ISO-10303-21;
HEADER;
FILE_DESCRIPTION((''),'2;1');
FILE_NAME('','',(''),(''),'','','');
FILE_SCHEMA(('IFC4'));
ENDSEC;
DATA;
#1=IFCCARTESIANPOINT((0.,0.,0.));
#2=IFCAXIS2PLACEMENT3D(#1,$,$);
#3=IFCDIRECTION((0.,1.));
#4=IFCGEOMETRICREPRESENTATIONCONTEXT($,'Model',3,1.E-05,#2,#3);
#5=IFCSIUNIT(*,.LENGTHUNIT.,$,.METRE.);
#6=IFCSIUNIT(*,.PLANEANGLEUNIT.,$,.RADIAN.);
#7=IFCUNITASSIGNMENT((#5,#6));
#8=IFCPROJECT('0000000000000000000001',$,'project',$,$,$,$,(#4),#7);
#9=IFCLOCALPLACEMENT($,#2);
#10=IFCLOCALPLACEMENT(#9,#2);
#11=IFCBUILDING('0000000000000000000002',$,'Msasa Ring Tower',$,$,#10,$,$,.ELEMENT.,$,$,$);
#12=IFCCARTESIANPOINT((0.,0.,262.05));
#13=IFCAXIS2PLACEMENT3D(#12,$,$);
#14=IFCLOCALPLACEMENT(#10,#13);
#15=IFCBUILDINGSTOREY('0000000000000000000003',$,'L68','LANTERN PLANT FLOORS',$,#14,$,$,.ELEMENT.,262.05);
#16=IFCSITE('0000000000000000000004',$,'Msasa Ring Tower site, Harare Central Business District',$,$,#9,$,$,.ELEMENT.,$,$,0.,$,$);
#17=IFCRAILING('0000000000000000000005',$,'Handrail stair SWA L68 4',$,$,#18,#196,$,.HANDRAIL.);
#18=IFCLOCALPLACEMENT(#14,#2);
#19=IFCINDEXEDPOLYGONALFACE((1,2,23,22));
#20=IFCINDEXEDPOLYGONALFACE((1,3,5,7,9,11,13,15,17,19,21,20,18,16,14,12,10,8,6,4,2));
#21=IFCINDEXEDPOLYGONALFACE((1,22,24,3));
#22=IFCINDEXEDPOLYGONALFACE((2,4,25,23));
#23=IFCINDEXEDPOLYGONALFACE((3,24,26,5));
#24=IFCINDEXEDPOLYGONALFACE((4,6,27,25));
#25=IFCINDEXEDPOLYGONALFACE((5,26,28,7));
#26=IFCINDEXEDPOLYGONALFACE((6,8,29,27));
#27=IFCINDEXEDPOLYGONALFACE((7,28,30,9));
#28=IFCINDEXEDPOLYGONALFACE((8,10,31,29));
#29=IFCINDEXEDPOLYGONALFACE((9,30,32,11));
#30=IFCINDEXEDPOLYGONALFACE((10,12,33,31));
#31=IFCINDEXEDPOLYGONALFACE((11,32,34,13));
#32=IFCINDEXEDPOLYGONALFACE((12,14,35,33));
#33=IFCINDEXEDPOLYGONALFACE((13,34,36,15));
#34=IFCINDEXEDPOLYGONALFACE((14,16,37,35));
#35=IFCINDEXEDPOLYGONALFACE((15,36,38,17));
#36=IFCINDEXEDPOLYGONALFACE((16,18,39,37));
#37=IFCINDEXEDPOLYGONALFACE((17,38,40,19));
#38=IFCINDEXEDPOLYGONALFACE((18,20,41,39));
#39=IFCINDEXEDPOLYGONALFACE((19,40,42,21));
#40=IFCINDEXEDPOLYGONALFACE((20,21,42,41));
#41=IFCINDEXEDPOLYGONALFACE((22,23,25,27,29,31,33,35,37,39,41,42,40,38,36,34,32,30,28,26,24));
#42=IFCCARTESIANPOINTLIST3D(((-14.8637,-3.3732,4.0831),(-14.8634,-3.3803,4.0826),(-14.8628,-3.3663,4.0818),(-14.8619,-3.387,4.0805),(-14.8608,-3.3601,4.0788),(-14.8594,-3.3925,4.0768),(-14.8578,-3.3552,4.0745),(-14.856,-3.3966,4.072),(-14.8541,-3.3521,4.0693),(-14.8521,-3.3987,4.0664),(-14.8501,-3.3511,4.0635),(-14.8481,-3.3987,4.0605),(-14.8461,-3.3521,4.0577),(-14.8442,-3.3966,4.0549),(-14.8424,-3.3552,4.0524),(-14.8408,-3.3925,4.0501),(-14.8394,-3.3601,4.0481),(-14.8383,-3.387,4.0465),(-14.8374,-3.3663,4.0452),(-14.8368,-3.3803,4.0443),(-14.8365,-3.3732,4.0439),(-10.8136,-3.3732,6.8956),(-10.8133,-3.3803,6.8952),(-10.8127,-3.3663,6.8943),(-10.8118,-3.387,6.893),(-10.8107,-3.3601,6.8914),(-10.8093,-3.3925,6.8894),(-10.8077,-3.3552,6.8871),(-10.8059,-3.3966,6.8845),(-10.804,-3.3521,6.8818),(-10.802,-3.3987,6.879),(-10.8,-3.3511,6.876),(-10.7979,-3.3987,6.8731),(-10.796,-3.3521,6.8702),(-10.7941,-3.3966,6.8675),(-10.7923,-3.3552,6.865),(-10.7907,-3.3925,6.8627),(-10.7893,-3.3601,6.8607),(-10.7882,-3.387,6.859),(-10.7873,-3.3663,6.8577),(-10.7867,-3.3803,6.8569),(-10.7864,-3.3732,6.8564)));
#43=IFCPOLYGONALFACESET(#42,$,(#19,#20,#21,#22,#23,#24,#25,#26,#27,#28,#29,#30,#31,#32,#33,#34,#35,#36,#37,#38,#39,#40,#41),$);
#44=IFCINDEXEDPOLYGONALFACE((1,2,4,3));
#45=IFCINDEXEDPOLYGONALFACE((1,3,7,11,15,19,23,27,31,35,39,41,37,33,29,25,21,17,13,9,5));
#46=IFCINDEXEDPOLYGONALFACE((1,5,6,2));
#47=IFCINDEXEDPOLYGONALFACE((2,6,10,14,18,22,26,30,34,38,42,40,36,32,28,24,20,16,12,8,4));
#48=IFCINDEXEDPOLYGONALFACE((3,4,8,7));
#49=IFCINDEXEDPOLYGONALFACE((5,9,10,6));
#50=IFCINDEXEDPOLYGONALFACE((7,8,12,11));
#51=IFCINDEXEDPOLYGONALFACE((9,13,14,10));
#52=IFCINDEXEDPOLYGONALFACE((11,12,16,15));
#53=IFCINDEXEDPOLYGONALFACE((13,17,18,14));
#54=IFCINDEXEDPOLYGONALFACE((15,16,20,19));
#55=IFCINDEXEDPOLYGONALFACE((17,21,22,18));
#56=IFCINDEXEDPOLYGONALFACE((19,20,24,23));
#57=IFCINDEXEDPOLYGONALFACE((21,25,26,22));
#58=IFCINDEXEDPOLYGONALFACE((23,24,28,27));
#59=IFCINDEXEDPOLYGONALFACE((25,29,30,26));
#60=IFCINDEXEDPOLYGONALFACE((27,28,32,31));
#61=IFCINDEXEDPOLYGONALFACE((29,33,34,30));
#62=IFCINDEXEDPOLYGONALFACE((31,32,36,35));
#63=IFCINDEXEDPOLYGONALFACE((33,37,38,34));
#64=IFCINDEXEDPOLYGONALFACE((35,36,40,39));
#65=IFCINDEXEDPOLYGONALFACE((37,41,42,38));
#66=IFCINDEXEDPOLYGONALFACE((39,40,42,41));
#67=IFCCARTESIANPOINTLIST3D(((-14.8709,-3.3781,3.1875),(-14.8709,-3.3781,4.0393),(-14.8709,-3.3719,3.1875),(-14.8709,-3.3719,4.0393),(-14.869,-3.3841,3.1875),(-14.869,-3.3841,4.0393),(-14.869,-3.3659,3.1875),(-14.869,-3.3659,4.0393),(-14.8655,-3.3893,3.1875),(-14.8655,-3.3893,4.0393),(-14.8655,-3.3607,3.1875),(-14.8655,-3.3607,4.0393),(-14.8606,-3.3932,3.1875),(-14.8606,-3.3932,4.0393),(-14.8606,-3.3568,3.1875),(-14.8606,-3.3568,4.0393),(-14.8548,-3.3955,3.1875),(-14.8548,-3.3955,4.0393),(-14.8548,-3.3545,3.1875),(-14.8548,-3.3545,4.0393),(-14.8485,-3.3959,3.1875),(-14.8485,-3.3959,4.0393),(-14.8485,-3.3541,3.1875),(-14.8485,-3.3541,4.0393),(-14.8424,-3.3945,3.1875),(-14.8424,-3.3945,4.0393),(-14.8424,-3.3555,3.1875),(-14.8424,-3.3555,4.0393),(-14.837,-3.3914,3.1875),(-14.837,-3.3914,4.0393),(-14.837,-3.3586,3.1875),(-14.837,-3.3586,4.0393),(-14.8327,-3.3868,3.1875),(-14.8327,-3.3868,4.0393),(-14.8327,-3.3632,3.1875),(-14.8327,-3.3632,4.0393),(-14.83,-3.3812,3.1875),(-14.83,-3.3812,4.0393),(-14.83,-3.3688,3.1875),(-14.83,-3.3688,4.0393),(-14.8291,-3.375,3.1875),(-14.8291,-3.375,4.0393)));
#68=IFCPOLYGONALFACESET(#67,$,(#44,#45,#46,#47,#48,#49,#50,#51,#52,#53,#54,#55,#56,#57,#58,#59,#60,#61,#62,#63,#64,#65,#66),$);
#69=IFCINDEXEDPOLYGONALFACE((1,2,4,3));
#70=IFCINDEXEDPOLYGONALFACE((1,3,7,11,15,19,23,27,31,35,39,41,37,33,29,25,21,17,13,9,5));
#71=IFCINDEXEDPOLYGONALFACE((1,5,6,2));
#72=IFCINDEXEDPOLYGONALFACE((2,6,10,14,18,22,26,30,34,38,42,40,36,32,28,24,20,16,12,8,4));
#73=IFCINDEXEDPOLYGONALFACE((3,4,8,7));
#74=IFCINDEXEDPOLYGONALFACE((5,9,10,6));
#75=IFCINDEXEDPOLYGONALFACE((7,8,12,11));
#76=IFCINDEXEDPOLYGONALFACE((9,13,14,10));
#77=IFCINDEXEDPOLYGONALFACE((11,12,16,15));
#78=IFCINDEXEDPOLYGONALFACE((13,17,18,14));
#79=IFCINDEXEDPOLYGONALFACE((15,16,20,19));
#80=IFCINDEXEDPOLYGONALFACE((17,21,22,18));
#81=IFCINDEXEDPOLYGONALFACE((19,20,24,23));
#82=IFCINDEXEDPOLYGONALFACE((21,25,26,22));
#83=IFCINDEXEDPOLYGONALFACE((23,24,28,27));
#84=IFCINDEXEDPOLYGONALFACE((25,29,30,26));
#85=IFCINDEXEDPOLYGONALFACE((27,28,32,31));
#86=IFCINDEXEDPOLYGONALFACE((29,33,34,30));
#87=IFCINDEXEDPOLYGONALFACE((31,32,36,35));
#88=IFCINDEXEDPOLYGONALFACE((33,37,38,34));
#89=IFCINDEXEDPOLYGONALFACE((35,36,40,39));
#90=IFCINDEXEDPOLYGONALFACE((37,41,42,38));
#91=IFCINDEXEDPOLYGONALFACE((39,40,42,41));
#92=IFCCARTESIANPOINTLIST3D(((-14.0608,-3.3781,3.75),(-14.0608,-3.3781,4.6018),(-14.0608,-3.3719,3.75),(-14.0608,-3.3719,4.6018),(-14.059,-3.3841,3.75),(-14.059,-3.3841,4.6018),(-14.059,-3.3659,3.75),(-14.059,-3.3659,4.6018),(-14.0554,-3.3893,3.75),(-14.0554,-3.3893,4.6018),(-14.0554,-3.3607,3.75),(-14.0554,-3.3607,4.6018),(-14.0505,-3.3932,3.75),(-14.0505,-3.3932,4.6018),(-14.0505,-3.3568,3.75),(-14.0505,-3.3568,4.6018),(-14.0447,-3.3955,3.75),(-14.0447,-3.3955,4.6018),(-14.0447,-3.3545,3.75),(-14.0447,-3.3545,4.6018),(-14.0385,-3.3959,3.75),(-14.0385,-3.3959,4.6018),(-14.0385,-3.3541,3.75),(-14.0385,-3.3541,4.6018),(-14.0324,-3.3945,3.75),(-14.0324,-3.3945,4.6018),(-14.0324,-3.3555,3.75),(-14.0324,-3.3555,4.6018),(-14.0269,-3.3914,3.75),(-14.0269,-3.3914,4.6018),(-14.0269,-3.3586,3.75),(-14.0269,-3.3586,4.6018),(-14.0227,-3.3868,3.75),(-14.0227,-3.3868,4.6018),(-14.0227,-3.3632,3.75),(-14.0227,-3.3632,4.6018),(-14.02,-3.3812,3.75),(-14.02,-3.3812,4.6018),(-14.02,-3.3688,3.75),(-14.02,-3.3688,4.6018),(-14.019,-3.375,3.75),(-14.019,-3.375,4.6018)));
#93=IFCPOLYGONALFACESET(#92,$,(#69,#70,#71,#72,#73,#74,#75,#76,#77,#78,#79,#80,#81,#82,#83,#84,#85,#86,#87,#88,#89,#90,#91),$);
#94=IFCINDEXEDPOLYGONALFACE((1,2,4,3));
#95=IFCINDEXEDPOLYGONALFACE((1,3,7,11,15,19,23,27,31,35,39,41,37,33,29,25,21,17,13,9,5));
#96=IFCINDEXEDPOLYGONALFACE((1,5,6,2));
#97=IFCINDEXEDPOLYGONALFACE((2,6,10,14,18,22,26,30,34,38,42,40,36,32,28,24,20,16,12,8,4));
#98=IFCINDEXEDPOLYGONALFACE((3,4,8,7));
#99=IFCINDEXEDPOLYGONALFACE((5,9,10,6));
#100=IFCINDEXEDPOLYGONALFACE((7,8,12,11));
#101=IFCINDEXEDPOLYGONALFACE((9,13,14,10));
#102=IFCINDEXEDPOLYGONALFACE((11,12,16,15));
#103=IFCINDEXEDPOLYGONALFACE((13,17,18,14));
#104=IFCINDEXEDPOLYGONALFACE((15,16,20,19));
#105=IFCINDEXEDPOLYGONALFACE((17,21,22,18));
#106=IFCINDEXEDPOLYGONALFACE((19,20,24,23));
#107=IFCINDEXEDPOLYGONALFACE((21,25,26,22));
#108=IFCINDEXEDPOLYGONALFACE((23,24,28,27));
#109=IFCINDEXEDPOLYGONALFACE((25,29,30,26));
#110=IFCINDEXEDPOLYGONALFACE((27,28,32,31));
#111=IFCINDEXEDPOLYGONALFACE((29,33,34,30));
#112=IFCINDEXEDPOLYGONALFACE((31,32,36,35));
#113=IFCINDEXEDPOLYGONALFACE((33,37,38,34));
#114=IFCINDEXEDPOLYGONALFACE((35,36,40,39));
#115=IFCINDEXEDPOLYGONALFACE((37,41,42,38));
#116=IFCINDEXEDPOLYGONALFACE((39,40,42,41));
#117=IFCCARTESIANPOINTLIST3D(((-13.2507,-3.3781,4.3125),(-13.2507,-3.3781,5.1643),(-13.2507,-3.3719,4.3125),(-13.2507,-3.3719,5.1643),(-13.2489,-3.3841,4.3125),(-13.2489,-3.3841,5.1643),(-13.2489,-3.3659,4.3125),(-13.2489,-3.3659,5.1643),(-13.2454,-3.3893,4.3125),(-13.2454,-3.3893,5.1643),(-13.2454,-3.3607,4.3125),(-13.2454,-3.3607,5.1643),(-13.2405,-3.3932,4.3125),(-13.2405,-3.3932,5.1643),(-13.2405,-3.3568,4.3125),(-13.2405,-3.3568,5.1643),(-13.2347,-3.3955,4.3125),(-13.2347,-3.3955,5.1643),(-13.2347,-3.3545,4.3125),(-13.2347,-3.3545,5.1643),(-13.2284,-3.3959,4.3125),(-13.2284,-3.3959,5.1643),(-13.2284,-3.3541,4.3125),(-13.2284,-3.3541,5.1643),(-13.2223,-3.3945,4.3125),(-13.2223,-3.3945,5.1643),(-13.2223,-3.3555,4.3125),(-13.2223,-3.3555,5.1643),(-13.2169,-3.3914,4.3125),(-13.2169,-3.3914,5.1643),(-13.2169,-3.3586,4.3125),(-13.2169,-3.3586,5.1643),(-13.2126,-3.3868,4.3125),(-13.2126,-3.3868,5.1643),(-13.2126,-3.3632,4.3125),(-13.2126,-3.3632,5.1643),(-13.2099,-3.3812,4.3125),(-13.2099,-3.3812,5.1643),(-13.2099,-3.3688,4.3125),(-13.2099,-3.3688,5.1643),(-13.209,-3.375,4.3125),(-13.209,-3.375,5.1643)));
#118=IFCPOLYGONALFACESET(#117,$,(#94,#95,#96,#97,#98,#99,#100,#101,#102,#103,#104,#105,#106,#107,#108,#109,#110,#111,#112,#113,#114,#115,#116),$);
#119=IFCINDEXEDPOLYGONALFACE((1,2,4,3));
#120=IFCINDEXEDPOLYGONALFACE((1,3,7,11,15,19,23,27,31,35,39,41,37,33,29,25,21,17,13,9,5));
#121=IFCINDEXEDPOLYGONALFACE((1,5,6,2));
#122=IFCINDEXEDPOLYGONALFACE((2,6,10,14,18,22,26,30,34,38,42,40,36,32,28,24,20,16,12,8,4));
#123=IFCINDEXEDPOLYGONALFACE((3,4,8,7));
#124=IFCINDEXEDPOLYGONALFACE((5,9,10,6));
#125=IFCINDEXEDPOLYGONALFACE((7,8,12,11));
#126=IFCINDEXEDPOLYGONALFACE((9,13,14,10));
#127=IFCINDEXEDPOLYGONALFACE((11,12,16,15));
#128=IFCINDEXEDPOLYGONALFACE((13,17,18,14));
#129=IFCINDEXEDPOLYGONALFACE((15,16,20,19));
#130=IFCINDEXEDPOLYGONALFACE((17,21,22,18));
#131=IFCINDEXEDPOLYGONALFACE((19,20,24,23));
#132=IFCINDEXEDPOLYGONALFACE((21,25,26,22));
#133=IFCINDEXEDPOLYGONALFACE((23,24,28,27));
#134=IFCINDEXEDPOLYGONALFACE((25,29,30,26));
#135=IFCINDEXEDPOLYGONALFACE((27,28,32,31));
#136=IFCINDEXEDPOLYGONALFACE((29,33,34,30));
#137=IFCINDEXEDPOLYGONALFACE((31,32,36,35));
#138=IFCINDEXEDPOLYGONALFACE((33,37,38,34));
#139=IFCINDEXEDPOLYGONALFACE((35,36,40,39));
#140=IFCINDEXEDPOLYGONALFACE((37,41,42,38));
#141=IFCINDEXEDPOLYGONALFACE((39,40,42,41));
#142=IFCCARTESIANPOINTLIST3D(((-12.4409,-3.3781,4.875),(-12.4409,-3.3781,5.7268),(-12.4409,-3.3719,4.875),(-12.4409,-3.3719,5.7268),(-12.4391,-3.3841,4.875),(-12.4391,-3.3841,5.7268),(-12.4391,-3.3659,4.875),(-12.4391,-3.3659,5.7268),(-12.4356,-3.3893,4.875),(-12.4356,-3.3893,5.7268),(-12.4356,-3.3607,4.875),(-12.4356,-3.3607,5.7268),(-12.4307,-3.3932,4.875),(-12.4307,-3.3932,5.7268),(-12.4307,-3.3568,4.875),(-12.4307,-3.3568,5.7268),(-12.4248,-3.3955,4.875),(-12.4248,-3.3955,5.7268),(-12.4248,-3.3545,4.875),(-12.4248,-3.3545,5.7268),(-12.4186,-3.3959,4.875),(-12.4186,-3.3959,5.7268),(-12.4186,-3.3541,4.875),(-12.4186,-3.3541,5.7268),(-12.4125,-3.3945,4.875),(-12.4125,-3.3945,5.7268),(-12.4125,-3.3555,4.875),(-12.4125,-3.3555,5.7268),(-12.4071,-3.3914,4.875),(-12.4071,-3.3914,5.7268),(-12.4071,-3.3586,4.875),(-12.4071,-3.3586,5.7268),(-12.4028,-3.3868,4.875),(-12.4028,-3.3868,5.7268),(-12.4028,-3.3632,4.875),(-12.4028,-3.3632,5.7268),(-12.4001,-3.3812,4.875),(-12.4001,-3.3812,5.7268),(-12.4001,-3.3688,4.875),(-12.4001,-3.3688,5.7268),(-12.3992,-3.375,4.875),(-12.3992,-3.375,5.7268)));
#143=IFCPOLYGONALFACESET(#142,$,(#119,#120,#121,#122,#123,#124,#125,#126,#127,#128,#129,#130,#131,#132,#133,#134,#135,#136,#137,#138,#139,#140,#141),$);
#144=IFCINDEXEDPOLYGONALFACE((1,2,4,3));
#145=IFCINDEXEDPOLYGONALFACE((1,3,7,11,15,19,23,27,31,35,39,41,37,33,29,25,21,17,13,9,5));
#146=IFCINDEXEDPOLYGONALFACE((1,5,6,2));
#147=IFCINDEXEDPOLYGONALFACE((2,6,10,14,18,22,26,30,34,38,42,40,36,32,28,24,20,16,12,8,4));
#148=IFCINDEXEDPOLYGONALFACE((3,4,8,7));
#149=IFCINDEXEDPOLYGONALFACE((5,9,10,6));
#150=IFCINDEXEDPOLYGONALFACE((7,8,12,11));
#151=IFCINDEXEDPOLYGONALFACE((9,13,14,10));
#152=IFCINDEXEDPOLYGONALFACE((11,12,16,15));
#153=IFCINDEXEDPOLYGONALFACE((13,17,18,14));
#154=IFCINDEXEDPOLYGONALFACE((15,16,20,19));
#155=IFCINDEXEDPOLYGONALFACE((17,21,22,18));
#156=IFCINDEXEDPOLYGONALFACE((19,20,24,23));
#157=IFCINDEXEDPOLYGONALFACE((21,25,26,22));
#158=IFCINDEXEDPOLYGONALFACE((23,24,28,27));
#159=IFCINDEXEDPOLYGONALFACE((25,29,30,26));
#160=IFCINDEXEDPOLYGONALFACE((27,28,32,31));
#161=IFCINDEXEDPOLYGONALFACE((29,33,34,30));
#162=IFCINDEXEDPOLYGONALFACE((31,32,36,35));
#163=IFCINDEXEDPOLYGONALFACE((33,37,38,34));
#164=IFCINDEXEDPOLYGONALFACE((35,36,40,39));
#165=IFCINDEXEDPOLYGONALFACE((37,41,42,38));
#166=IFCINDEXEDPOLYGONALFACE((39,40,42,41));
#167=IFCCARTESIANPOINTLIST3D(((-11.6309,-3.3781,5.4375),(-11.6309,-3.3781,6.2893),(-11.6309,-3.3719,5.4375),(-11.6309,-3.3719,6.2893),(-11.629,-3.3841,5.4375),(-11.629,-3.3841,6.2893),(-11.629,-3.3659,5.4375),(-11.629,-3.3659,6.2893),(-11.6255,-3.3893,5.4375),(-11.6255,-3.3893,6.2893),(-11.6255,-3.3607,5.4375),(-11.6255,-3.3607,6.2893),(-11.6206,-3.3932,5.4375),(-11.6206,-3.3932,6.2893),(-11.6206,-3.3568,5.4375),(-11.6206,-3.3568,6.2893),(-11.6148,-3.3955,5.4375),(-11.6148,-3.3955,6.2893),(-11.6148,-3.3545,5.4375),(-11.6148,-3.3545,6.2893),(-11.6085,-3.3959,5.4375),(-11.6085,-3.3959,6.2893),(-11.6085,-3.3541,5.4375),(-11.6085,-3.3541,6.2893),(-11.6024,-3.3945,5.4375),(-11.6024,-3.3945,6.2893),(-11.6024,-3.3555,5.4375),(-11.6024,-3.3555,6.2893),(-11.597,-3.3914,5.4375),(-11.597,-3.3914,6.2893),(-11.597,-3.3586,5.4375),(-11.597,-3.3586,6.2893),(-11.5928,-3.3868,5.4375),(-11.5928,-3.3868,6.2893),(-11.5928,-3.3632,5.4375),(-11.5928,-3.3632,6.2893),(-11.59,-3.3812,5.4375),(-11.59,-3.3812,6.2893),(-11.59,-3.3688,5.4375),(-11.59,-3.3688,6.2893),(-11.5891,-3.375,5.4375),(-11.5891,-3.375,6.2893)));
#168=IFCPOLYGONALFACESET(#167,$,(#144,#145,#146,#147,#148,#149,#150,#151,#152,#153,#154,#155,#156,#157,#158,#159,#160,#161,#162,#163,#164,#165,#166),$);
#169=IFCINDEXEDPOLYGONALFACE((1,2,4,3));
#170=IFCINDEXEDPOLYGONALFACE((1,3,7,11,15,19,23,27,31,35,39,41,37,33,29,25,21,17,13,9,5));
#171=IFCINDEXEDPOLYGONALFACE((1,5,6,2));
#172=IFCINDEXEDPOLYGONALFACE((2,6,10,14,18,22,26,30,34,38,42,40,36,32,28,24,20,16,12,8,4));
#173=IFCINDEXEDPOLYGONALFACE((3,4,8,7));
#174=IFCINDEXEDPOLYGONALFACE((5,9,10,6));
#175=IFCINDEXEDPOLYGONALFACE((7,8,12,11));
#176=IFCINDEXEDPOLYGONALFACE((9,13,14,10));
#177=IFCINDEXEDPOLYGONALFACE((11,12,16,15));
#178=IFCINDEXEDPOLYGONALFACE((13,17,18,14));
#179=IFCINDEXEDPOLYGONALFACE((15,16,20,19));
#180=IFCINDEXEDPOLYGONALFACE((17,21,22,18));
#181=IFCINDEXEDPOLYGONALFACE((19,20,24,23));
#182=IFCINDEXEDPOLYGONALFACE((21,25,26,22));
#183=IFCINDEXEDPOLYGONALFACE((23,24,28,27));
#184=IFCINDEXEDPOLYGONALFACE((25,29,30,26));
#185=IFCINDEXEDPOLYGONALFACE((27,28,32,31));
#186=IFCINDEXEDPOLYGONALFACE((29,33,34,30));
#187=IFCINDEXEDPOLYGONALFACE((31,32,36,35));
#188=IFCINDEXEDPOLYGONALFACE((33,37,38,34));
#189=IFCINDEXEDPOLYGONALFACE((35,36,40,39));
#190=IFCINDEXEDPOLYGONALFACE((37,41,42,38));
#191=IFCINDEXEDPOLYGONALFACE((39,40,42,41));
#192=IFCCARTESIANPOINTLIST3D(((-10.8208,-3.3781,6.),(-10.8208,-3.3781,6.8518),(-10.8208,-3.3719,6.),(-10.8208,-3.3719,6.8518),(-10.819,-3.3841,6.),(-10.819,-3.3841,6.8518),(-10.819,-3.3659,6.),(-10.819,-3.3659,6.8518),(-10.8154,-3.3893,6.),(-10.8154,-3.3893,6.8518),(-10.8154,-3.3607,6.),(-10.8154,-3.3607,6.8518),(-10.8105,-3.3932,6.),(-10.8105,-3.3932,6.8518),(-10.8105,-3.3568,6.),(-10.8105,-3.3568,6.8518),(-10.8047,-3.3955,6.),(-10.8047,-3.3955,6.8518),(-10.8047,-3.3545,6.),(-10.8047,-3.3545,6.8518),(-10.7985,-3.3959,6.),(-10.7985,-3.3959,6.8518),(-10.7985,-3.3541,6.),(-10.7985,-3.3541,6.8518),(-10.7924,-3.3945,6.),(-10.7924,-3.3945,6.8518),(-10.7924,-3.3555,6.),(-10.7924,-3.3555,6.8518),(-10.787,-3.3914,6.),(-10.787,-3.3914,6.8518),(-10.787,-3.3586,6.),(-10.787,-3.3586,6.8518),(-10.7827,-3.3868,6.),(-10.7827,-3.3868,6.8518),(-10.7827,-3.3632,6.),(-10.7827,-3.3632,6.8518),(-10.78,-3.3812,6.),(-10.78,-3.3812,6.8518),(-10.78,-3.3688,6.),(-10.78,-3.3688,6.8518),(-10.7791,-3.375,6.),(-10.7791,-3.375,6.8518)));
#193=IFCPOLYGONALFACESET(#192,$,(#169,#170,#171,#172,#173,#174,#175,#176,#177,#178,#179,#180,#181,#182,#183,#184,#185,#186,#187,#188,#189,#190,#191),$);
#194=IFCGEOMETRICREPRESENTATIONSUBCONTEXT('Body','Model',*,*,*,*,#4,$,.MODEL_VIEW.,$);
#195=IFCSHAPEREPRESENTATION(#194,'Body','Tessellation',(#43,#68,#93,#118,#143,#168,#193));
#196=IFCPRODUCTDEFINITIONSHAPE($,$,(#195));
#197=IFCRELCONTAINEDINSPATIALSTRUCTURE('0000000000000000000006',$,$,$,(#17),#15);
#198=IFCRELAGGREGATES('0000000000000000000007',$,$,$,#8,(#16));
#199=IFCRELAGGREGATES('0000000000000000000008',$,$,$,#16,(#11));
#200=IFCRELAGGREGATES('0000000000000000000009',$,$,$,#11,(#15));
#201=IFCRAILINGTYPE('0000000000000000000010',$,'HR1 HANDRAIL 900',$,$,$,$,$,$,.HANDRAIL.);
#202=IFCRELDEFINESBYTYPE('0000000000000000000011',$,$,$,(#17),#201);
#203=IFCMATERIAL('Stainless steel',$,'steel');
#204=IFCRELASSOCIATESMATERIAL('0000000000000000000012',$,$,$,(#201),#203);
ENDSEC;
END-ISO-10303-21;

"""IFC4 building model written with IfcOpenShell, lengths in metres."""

from ifc_helpers import new_model, si_unit, direction, frame, origin, origin_2d, place, context, subcontext, project, spatial, circle, extrude, material, type_object, element, save


model = new_model("IFC4")

# Units and contexts
model_context = context("Model", 3, precision=1e-05, world=origin(), true_north=direction((0.0, 1.0)))
body_context = subcontext(model_context, "Body", "Model", "MODEL_VIEW")
ifc_project = project(units=[si_unit("LENGTHUNIT", "METRE"), si_unit("PLANEANGLEUNIT", "RADIAN")], contexts=[model_context])

# Site, building, storey
site_placement = place(None, origin())
site = spatial("IfcSite", under=ifc_project, at=site_placement, Name="Msasa Ring Tower site, Harare Central Business District", CompositionType="ELEMENT", RefElevation=0.0)
building_placement = place(site_placement, origin())
building = spatial("IfcBuilding", under=site, at=building_placement, Name="Msasa Ring Tower", CompositionType="ELEMENT")
storey_placement = place(building_placement, frame((0.0, 0.0, 262.05)))
storey = spatial("IfcBuildingStorey", under=building, at=storey_placement, Name="L68", Description="LANTERN PLANT FLOORS", CompositionType="ELEMENT", Elevation=262.05)

# Railing
ifc_material_1 = material(Name="Stainless steel", Category="steel")
railing_type = type_object("IfcRailingType", Name="HR1 HANDRAIL 900", PredefinedType="HANDRAIL", material=ifc_material_1)
for number, where, name in (
    (1, (-14.8501, -3.375, 3.1875), "Handrail stair SWA L68 4"),
):
    element("IfcRailing", number, at=place(storey_placement, frame(where)), inside=storey, type_object=railing_type, Name=name, PredefinedType="HANDRAIL", context=body_context, shape_type="SweptSolid", body=[
        extrude(circle(Radius=0.0239, at=origin_2d()), frame((0.0, 0.0, 0.876), z_axis=(0.821373, 0.0, 0.570391), x_axis=(0.0, 1.0, 0.0)), (0.0, 0.0, 1.0), 4.9309),
        extrude(circle(Radius=0.021, at=origin_2d()), origin(), (0.0, 0.0, 1.0), 0.8518),
        extrude(circle(Radius=0.021, at=origin_2d()), frame((0.8101, 0.0, 0.5625)), (0.0, 0.0, 1.0), 0.8518),
        extrude(circle(Radius=0.021, at=origin_2d()), frame((1.6201, 0.0, 1.125)), (0.0, 0.0, 1.0), 0.8518),
        extrude(circle(Radius=0.021, at=origin_2d()), frame((2.4299, 0.0, 1.6875)), (0.0, 0.0, 1.0), 0.8518),
        extrude(circle(Radius=0.021, at=origin_2d()), frame((3.24, 0.0, 2.25)), (0.0, 0.0, 1.0), 0.8518),
        extrude(circle(Radius=0.021, at=origin_2d()), frame((4.05, 0.0, 2.8125)), (0.0, 0.0, 1.0), 0.8518),
    ])

save(model, "model.ifc")
